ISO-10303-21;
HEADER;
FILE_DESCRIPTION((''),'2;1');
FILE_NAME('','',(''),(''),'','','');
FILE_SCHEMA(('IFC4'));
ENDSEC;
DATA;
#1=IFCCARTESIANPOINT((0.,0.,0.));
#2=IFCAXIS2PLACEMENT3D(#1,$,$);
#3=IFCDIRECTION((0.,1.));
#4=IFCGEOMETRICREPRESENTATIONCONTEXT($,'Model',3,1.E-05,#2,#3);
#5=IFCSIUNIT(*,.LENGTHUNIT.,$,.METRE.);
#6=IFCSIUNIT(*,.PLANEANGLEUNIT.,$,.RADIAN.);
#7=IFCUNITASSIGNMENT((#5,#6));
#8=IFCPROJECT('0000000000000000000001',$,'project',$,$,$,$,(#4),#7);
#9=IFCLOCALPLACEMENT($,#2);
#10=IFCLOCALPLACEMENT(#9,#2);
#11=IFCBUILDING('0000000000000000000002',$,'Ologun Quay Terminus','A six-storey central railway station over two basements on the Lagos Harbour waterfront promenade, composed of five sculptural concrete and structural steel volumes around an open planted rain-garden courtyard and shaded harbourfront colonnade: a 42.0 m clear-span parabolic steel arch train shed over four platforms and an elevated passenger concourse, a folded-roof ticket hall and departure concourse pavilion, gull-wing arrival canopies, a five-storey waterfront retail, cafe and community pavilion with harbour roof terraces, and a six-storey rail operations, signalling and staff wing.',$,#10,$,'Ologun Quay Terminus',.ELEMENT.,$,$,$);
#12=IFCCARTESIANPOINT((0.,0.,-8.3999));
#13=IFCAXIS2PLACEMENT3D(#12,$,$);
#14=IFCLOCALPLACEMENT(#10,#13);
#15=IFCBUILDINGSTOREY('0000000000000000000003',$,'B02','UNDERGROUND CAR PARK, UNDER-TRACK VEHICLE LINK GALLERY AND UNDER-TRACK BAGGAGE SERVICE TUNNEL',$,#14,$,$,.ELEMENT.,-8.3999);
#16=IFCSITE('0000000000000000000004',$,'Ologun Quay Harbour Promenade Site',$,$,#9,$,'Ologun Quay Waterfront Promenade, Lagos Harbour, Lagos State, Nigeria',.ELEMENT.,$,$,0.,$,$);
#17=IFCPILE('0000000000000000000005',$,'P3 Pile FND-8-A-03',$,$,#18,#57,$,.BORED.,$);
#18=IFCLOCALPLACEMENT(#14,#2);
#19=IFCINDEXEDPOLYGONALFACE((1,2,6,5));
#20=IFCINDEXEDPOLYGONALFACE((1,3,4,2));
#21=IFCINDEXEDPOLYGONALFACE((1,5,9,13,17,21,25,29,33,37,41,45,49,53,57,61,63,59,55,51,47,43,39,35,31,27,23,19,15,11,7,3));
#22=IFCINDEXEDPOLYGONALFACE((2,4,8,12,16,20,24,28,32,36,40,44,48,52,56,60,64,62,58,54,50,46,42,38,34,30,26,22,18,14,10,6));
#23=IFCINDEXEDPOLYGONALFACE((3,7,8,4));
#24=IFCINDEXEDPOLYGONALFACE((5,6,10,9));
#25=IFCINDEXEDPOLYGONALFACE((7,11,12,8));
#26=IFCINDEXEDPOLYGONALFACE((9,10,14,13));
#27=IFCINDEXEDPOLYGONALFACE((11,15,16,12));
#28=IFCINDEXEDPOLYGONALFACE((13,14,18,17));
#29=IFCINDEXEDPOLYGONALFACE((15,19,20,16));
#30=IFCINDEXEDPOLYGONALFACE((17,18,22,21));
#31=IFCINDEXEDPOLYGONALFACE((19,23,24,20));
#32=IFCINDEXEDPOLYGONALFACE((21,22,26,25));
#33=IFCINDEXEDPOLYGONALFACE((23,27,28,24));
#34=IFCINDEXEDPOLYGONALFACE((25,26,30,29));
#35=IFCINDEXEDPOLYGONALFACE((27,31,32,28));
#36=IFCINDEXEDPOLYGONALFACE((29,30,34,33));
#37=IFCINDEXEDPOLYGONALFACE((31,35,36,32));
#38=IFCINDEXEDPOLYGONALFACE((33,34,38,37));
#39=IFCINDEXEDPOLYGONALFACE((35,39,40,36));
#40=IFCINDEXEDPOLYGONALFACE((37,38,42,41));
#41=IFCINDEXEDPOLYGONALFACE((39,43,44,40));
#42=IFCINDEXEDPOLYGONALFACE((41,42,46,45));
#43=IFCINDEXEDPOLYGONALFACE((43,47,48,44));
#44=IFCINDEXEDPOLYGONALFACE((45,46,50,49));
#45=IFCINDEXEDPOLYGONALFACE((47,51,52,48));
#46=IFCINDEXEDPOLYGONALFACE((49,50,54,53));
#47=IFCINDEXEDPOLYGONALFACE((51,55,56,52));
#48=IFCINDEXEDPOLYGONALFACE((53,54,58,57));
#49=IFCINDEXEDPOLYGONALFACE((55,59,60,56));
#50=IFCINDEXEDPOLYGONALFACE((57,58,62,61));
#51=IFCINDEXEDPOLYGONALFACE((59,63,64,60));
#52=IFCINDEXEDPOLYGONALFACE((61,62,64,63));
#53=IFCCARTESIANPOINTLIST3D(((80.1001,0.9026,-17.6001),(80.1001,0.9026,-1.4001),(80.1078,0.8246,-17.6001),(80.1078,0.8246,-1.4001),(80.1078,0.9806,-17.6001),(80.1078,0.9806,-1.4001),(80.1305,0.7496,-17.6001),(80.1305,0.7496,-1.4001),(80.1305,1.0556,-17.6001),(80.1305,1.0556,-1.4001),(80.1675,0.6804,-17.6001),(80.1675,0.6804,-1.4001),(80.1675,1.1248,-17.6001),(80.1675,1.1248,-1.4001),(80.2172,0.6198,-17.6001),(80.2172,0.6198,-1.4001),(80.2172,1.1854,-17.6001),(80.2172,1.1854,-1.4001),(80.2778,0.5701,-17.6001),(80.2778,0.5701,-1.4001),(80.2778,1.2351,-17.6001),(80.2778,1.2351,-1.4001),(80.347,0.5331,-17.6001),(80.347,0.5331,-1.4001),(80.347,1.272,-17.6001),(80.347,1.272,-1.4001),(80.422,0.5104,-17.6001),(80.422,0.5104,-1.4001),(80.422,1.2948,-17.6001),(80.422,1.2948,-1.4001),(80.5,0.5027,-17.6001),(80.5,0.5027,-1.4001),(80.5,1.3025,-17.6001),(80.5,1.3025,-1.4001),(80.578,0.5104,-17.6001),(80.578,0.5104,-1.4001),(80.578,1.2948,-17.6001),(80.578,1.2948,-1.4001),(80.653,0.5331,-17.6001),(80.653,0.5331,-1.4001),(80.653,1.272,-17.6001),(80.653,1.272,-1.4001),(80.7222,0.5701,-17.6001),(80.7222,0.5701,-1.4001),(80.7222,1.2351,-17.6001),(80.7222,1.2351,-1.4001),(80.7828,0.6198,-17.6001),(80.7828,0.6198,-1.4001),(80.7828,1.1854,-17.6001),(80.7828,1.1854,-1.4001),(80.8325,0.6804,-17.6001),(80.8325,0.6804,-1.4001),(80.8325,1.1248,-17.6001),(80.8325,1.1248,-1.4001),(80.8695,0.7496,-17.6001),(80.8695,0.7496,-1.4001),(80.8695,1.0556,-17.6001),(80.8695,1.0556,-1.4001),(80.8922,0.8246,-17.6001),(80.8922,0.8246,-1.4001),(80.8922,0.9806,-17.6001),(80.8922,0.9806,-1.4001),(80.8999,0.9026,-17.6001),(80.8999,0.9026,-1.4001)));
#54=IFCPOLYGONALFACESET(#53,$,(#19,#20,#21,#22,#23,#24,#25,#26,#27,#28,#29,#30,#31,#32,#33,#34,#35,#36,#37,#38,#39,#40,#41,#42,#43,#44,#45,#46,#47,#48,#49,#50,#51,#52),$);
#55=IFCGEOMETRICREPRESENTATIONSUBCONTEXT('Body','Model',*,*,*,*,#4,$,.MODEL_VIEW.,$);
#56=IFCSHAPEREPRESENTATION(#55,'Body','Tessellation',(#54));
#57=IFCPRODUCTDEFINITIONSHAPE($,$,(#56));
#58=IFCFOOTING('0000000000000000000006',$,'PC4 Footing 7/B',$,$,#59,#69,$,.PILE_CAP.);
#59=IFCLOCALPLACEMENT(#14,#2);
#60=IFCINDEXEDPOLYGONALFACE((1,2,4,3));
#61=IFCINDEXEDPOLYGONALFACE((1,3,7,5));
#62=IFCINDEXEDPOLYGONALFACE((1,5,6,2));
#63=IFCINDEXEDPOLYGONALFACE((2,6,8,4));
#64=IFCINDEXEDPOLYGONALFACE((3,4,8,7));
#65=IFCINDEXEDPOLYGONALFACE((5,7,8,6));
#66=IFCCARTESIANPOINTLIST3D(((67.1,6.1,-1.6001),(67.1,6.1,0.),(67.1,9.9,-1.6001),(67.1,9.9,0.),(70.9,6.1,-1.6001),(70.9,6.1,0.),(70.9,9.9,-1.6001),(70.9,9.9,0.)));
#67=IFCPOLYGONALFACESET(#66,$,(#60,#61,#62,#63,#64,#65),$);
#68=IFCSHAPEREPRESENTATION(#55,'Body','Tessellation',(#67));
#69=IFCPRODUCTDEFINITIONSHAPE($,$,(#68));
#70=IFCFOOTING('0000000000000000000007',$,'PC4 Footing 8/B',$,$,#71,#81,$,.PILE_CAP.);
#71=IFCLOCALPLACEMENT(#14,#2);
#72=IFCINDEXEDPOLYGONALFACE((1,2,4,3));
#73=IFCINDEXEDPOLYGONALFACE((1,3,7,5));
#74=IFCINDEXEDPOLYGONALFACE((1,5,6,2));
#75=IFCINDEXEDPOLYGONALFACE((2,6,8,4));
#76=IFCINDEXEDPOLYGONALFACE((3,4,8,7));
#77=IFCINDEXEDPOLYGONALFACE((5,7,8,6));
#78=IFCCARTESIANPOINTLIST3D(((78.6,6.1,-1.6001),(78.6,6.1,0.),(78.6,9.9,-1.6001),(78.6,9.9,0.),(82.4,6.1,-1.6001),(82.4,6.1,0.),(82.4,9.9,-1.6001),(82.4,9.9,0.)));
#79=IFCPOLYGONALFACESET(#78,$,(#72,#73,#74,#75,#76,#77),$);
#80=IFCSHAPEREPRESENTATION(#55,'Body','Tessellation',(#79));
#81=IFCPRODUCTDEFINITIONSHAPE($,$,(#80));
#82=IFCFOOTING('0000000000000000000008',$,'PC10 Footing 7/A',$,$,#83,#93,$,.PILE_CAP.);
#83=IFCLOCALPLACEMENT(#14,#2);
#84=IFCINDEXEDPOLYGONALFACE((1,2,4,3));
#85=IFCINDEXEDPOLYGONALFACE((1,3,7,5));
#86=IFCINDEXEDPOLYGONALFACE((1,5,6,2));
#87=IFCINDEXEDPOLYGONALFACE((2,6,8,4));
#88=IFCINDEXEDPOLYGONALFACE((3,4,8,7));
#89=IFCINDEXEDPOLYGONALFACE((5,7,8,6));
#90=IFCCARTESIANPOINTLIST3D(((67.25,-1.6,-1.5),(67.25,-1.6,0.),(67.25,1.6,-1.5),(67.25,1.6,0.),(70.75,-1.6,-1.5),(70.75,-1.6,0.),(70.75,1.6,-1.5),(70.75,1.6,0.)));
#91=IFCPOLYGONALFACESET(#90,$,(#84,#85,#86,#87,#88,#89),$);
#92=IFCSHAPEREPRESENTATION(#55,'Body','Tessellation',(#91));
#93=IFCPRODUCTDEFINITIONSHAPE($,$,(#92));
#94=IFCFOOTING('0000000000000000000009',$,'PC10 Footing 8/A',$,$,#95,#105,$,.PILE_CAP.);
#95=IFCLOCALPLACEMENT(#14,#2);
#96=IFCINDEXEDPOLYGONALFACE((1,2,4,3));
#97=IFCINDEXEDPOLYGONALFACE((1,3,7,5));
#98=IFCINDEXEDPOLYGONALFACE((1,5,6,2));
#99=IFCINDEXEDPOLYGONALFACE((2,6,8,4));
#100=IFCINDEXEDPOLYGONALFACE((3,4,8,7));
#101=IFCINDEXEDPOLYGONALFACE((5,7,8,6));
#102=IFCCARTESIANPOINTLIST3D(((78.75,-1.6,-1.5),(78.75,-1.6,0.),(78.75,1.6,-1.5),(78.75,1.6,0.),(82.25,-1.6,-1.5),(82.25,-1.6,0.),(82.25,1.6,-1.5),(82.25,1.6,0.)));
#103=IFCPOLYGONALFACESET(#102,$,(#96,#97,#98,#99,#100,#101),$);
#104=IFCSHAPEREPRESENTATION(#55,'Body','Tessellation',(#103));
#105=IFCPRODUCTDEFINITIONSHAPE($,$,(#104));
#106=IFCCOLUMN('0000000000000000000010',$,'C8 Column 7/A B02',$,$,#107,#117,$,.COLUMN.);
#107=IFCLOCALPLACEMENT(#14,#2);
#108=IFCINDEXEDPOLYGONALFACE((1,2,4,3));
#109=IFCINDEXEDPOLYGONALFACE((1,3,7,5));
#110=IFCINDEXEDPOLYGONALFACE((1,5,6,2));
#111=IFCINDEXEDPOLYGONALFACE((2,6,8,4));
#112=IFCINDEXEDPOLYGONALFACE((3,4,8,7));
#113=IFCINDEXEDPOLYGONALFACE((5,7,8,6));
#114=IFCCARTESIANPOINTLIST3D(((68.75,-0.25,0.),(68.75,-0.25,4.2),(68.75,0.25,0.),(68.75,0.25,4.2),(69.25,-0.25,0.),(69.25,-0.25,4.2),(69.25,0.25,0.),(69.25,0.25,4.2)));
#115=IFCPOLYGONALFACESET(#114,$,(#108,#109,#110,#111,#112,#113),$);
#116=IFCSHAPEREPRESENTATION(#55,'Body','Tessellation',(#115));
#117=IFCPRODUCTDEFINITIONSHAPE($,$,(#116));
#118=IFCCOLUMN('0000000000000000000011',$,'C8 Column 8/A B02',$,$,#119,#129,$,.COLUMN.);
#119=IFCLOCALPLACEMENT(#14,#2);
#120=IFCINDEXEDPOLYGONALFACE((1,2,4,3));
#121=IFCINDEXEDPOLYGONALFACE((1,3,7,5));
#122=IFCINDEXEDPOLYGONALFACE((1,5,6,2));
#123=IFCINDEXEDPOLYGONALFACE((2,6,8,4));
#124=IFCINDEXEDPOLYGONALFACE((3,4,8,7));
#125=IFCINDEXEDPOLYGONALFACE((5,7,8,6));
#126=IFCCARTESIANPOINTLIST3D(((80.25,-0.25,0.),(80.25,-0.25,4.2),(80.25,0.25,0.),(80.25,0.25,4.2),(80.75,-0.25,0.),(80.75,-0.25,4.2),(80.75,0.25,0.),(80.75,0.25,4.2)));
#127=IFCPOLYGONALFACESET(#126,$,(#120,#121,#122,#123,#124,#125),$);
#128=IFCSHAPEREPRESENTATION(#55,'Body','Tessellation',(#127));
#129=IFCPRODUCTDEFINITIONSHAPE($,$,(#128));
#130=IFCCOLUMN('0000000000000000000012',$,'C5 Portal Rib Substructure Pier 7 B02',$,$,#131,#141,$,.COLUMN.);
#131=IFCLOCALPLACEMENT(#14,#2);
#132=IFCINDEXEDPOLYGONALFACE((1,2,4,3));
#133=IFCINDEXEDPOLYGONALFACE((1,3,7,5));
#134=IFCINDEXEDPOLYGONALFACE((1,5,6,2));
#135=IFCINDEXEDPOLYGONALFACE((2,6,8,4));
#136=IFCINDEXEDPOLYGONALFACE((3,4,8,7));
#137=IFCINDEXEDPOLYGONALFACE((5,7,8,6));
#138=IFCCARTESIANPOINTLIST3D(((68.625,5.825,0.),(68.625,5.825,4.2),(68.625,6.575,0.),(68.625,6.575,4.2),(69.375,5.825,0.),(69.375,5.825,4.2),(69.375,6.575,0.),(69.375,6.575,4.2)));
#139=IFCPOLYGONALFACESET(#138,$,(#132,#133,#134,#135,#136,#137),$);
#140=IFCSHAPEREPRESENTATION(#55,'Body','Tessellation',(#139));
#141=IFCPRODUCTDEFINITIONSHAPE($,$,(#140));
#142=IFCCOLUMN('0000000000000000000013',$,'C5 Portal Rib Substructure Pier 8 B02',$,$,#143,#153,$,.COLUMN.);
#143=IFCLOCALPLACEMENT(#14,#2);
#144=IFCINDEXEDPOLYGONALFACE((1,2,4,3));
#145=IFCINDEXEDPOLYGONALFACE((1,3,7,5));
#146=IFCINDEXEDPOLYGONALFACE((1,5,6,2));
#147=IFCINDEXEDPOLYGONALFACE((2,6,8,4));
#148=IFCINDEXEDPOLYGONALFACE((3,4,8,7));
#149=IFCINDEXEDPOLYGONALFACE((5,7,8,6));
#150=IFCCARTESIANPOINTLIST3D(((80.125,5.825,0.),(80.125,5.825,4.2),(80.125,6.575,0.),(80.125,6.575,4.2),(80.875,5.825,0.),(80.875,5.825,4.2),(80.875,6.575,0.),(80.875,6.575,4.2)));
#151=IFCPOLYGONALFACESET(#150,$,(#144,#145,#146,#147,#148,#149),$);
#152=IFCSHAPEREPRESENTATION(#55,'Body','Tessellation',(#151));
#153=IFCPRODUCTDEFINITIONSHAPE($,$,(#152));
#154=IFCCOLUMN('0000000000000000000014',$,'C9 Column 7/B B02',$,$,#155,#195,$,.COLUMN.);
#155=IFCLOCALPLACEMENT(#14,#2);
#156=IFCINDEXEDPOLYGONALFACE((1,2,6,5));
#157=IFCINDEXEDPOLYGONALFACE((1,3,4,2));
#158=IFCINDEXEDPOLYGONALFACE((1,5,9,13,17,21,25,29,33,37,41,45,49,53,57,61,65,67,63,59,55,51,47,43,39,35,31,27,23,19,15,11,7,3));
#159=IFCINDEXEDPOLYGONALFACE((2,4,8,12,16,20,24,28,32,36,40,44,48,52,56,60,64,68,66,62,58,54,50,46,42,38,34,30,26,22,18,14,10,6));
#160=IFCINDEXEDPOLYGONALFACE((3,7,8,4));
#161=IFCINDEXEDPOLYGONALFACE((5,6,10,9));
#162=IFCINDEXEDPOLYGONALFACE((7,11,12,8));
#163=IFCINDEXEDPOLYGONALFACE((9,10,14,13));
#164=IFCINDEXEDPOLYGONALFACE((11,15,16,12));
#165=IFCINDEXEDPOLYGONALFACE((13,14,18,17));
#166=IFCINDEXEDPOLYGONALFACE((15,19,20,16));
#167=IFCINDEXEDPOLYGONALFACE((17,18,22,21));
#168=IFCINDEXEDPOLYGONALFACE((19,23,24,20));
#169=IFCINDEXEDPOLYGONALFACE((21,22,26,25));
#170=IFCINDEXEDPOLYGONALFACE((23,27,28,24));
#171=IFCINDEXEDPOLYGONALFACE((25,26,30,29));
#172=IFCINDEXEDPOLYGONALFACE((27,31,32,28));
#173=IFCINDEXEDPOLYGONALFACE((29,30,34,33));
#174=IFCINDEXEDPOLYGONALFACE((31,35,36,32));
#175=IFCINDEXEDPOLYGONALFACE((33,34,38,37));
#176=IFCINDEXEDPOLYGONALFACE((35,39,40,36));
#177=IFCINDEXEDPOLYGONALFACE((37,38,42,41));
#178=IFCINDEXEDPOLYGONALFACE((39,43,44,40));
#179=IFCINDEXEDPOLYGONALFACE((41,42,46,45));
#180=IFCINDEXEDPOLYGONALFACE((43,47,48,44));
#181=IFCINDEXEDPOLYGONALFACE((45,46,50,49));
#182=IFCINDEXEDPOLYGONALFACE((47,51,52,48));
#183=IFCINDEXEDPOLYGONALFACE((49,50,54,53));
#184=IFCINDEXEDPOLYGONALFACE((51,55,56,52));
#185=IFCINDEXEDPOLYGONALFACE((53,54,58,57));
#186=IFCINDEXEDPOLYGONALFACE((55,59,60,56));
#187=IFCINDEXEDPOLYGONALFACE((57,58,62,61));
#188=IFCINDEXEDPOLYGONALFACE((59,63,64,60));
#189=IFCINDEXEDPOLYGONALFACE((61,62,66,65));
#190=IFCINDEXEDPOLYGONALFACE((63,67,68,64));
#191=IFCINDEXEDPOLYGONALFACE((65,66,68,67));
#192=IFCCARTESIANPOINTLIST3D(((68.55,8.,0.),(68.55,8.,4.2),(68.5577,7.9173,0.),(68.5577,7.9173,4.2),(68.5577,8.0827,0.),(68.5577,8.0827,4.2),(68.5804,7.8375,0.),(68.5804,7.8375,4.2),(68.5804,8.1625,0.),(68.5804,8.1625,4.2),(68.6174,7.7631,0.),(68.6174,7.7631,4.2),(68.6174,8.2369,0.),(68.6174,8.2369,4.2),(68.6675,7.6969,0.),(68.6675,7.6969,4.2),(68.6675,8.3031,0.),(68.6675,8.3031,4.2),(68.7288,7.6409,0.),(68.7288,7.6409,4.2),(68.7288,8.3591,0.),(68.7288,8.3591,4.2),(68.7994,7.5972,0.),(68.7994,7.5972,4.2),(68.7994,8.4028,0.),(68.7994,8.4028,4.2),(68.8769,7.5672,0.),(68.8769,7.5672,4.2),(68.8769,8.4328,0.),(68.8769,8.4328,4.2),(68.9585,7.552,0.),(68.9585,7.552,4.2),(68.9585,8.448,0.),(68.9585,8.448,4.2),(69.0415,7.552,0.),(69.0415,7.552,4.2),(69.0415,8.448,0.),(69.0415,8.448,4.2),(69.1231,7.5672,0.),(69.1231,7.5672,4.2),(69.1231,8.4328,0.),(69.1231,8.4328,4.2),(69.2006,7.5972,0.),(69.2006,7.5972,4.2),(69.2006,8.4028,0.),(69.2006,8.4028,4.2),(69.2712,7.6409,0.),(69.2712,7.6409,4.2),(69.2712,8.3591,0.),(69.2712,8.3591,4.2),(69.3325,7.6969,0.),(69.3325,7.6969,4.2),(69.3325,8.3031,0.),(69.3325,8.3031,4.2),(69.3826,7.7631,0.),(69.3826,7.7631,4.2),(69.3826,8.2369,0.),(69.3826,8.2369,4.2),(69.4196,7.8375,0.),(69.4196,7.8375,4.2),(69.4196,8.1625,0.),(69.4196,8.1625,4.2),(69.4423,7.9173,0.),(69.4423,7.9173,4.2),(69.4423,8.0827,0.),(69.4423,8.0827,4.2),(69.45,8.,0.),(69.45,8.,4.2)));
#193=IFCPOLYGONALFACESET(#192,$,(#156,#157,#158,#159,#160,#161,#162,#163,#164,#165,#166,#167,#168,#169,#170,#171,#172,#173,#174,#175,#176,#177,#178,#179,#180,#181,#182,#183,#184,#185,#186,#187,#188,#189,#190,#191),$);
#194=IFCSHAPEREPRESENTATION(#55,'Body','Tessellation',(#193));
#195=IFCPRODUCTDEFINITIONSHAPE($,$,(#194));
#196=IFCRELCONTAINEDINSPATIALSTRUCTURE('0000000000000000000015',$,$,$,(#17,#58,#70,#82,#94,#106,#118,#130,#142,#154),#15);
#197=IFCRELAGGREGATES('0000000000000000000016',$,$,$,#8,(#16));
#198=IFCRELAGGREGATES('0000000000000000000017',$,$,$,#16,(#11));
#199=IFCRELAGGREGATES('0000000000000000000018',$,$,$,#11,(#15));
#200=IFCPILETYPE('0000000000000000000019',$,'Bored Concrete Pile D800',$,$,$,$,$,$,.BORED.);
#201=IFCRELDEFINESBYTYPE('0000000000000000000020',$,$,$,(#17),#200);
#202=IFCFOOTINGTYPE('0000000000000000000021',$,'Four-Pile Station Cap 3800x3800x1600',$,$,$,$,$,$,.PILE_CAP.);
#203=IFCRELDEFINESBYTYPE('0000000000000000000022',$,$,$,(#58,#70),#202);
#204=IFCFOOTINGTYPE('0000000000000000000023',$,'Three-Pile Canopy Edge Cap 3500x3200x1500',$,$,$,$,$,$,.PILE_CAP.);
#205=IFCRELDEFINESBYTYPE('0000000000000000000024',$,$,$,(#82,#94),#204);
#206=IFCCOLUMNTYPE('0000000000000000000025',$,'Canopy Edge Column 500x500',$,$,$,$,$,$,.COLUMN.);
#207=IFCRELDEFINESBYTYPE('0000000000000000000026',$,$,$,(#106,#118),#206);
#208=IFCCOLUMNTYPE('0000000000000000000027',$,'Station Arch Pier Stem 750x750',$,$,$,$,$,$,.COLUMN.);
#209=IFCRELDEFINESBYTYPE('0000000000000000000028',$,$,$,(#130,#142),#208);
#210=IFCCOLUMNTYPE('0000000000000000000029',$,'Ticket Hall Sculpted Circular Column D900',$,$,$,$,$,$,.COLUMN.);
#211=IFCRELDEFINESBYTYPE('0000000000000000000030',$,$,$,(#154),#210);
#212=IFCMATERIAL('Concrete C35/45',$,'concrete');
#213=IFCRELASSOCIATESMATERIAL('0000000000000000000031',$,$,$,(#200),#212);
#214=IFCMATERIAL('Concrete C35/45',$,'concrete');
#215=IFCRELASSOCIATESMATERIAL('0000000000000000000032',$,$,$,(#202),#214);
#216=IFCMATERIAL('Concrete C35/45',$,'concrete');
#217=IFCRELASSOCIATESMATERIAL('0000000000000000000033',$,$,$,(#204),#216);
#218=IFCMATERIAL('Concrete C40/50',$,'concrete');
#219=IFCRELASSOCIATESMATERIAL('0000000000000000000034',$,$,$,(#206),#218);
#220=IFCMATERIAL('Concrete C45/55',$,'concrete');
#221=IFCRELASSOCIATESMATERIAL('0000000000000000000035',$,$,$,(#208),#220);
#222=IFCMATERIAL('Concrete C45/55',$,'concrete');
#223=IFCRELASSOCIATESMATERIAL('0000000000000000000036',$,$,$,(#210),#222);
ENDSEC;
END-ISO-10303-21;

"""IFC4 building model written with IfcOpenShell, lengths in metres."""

from ifc_helpers import new_model, si_unit, direction, frame, origin, origin_2d, place, context, subcontext, project, spatial, rectangle, circle, extrude, material, material_profile, profile_set, type_object, element, save


model = new_model("IFC4")

# Units and contexts
model_context = context("Model", 3, precision=1e-05, world=origin(), true_north=direction((0.0, 1.0)))
body_context = subcontext(model_context, "Body", "Model", "MODEL_VIEW")
ifc_project = project(units=[si_unit("LENGTHUNIT", "METRE"), si_unit("PLANEANGLEUNIT", "RADIAN")], contexts=[model_context])

# Site, building, storey
site_placement = place(None, origin())
site = spatial("IfcSite", under=ifc_project, at=site_placement, Name="Ologun Quay Harbour Promenade Site", LongName="Ologun Quay Waterfront Promenade, Lagos Harbour, Lagos State, Nigeria", CompositionType="ELEMENT", RefElevation=0.0)
building_placement = place(site_placement, origin())
building = spatial("IfcBuilding", under=site, at=building_placement, Name="Ologun Quay Terminus", Description="A six-storey central railway station over two basements on the Lagos Harbour waterfront promenade, composed of five sculptural concrete and structural steel volumes around an open planted rain-garden courtyard and shaded harbourfront colonnade: a 42.0 m clear-span parabolic steel arch train shed over four platforms and an elevated passenger concourse, a folded-roof ticket hall and departure concourse pavilion, gull-wing arrival canopies, a five-storey waterfront retail, cafe and community pavilion with harbour roof terraces, and a six-storey rail operations, signalling and staff wing.", LongName="Ologun Quay Terminus", CompositionType="ELEMENT")
storey_placement = place(building_placement, frame((0.0, 0.0, -8.3999)))
storey = spatial("IfcBuildingStorey", under=building, at=storey_placement, Name="B02", Description="UNDERGROUND CAR PARK, UNDER-TRACK VEHICLE LINK GALLERY AND UNDER-TRACK BAGGAGE SERVICE TUNNEL", CompositionType="ELEMENT", Elevation=-8.3999)

# Pile
ifc_material_1 = material(Name="Concrete C35/45", Category="concrete")
ifc_material_profile_1 = material_profile(ifc_material_1, circle(Radius=0.3999, at=origin_2d()), Name="PILE D800")
ifc_profile_set_1 = profile_set([ifc_material_profile_1], Name="Concrete C35/45")
pile_type_1 = type_object("IfcPileType", Name="Bored Concrete Pile D800", PredefinedType="BORED", material=ifc_profile_set_1)
for number, where, z_axis, x_axis, name in (
    (1, (80.5, 0.9026, -1.4001), (0.0, 0.0, -1.0), (1.0, 0.0, 0.0), "P3 Pile FND-8-A-03"),
):
    element("IfcPile", number, at=place(storey_placement, frame(where, z_axis=z_axis, x_axis=x_axis)), inside=storey, type_object=pile_type_1, Name=name, PredefinedType="BORED", context=body_context, shape_type="SweptSolid", body=[
        extrude(circle(Radius=0.3999, at=origin_2d()), origin(), (0.0, 0.0, 1.0), 16.2),
    ])

# Footings
ifc_material_2 = material(Name="Concrete C35/45", Category="concrete")
footing_type_1 = type_object("IfcFootingType", Name="Four-Pile Station Cap 3800x3800x1600", PredefinedType="PILE_CAP", material=ifc_material_2)
for number, where, z_axis, x_axis, name in (
    (2, (69.0, 8.0, -1.6001), (0.0, 0.0, 1.0), (1.0, 0.0, 0.0), "PC4 Footing 7/B"),
    (3, (80.5, 8.0, -1.6001), (0.0, 0.0, 1.0), (1.0, 0.0, 0.0), "PC4 Footing 8/B"),
):
    element("IfcFooting", number, at=place(storey_placement, frame(where, z_axis=z_axis, x_axis=x_axis)), inside=storey, type_object=footing_type_1, Name=name, PredefinedType="PILE_CAP", context=body_context, shape_type="SweptSolid", body=[
        extrude(rectangle(XDim=3.8, YDim=3.8, at=origin_2d()), origin(), (0.0, 0.0, 1.0), 1.6001),
    ])
ifc_material_3 = material(Name="Concrete C35/45", Category="concrete")
footing_type_2 = type_object("IfcFootingType", Name="Three-Pile Canopy Edge Cap 3500x3200x1500", PredefinedType="PILE_CAP", material=ifc_material_3)
for number, where, z_axis, x_axis, name in (
    (4, (69.0, 0.0, -1.5), (0.0, 0.0, 1.0), (1.0, 0.0, 0.0), "PC10 Footing 7/A"),
    (5, (80.5, 0.0, -1.5), (0.0, 0.0, 1.0), (1.0, 0.0, 0.0), "PC10 Footing 8/A"),
):
    element("IfcFooting", number, at=place(storey_placement, frame(where, z_axis=z_axis, x_axis=x_axis)), inside=storey, type_object=footing_type_2, Name=name, PredefinedType="PILE_CAP", context=body_context, shape_type="SweptSolid", body=[
        extrude(rectangle(XDim=3.5, YDim=3.2, at=origin_2d()), origin(), (0.0, 0.0, 1.0), 1.5),
    ])

# Columns
ifc_material_4 = material(Name="Concrete C40/50", Category="concrete")
ifc_material_profile_2 = material_profile(ifc_material_4, rectangle(XDim=0.5, YDim=0.5, at=origin_2d()), Name="RC 500x500")
ifc_profile_set_2 = profile_set([ifc_material_profile_2], Name="Concrete C40/50")
column_type_1 = type_object("IfcColumnType", Name="Canopy Edge Column 500x500", PredefinedType="COLUMN", material=ifc_profile_set_2)
for number, where, z_axis, x_axis, name in (
    (6, (69.0, 0.0, 0.0), (0.0, 0.0, 1.0), (1.0, 0.0, 0.0), "C8 Column 7/A B02"),
    (7, (80.5, 0.0, 0.0), (0.0, 0.0, 1.0), (1.0, 0.0, 0.0), "C8 Column 8/A B02"),
):
    element("IfcColumn", number, at=place(storey_placement, frame(where, z_axis=z_axis, x_axis=x_axis)), inside=storey, type_object=column_type_1, Name=name, PredefinedType="COLUMN", context=body_context, shape_type="SweptSolid", body=[
        extrude(rectangle(XDim=0.5, YDim=0.5, at=origin_2d()), origin(), (0.0, 0.0, 1.0), 4.2),
    ])
ifc_material_5 = material(Name="Concrete C45/55", Category="concrete")
ifc_material_profile_3 = material_profile(ifc_material_5, rectangle(XDim=0.75, YDim=0.75, at=origin_2d()), Name="RC 750x750")
ifc_profile_set_3 = profile_set([ifc_material_profile_3], Name="Concrete C45/55")
column_type_2 = type_object("IfcColumnType", Name="Station Arch Pier Stem 750x750", PredefinedType="COLUMN", material=ifc_profile_set_3)
for number, where, z_axis, x_axis, name in (
    (8, (69.0, 6.2, 0.0), (0.0, 0.0, 1.0), (1.0, 0.0, 0.0), "C5 Portal Rib Substructure Pier 7 B02"),
    (9, (80.5, 6.2, 0.0), (0.0, 0.0, 1.0), (1.0, 0.0, 0.0), "C5 Portal Rib Substructure Pier 8 B02"),
):
    element("IfcColumn", number, at=place(storey_placement, frame(where, z_axis=z_axis, x_axis=x_axis)), inside=storey, type_object=column_type_2, Name=name, PredefinedType="COLUMN", context=body_context, shape_type="SweptSolid", body=[
        extrude(rectangle(XDim=0.75, YDim=0.75, at=origin_2d()), origin(), (0.0, 0.0, 1.0), 4.2),
    ])
ifc_material_6 = material(Name="Concrete C45/55", Category="concrete")
ifc_material_profile_4 = material_profile(ifc_material_6, circle(Radius=0.45, at=origin_2d()), Name="RC D900")
ifc_profile_set_4 = profile_set([ifc_material_profile_4], Name="Concrete C45/55")
column_type_3 = type_object("IfcColumnType", Name="Ticket Hall Sculpted Circular Column D900", PredefinedType="COLUMN", material=ifc_profile_set_4)
for number, where, z_axis, x_axis, name in (
    (10, (69.0, 8.0, 0.0), (0.0, 0.0, 1.0), (1.0, 0.0, 0.0), "C9 Column 7/B B02"),
):
    element("IfcColumn", number, at=place(storey_placement, frame(where, z_axis=z_axis, x_axis=x_axis)), inside=storey, type_object=column_type_3, Name=name, PredefinedType="COLUMN", context=body_context, shape_type="SweptSolid", body=[
        extrude(circle(Radius=0.45, at=origin_2d()), origin(), (0.0, 0.0, 1.0), 4.2),
    ])

save(model, "model.ifc")
